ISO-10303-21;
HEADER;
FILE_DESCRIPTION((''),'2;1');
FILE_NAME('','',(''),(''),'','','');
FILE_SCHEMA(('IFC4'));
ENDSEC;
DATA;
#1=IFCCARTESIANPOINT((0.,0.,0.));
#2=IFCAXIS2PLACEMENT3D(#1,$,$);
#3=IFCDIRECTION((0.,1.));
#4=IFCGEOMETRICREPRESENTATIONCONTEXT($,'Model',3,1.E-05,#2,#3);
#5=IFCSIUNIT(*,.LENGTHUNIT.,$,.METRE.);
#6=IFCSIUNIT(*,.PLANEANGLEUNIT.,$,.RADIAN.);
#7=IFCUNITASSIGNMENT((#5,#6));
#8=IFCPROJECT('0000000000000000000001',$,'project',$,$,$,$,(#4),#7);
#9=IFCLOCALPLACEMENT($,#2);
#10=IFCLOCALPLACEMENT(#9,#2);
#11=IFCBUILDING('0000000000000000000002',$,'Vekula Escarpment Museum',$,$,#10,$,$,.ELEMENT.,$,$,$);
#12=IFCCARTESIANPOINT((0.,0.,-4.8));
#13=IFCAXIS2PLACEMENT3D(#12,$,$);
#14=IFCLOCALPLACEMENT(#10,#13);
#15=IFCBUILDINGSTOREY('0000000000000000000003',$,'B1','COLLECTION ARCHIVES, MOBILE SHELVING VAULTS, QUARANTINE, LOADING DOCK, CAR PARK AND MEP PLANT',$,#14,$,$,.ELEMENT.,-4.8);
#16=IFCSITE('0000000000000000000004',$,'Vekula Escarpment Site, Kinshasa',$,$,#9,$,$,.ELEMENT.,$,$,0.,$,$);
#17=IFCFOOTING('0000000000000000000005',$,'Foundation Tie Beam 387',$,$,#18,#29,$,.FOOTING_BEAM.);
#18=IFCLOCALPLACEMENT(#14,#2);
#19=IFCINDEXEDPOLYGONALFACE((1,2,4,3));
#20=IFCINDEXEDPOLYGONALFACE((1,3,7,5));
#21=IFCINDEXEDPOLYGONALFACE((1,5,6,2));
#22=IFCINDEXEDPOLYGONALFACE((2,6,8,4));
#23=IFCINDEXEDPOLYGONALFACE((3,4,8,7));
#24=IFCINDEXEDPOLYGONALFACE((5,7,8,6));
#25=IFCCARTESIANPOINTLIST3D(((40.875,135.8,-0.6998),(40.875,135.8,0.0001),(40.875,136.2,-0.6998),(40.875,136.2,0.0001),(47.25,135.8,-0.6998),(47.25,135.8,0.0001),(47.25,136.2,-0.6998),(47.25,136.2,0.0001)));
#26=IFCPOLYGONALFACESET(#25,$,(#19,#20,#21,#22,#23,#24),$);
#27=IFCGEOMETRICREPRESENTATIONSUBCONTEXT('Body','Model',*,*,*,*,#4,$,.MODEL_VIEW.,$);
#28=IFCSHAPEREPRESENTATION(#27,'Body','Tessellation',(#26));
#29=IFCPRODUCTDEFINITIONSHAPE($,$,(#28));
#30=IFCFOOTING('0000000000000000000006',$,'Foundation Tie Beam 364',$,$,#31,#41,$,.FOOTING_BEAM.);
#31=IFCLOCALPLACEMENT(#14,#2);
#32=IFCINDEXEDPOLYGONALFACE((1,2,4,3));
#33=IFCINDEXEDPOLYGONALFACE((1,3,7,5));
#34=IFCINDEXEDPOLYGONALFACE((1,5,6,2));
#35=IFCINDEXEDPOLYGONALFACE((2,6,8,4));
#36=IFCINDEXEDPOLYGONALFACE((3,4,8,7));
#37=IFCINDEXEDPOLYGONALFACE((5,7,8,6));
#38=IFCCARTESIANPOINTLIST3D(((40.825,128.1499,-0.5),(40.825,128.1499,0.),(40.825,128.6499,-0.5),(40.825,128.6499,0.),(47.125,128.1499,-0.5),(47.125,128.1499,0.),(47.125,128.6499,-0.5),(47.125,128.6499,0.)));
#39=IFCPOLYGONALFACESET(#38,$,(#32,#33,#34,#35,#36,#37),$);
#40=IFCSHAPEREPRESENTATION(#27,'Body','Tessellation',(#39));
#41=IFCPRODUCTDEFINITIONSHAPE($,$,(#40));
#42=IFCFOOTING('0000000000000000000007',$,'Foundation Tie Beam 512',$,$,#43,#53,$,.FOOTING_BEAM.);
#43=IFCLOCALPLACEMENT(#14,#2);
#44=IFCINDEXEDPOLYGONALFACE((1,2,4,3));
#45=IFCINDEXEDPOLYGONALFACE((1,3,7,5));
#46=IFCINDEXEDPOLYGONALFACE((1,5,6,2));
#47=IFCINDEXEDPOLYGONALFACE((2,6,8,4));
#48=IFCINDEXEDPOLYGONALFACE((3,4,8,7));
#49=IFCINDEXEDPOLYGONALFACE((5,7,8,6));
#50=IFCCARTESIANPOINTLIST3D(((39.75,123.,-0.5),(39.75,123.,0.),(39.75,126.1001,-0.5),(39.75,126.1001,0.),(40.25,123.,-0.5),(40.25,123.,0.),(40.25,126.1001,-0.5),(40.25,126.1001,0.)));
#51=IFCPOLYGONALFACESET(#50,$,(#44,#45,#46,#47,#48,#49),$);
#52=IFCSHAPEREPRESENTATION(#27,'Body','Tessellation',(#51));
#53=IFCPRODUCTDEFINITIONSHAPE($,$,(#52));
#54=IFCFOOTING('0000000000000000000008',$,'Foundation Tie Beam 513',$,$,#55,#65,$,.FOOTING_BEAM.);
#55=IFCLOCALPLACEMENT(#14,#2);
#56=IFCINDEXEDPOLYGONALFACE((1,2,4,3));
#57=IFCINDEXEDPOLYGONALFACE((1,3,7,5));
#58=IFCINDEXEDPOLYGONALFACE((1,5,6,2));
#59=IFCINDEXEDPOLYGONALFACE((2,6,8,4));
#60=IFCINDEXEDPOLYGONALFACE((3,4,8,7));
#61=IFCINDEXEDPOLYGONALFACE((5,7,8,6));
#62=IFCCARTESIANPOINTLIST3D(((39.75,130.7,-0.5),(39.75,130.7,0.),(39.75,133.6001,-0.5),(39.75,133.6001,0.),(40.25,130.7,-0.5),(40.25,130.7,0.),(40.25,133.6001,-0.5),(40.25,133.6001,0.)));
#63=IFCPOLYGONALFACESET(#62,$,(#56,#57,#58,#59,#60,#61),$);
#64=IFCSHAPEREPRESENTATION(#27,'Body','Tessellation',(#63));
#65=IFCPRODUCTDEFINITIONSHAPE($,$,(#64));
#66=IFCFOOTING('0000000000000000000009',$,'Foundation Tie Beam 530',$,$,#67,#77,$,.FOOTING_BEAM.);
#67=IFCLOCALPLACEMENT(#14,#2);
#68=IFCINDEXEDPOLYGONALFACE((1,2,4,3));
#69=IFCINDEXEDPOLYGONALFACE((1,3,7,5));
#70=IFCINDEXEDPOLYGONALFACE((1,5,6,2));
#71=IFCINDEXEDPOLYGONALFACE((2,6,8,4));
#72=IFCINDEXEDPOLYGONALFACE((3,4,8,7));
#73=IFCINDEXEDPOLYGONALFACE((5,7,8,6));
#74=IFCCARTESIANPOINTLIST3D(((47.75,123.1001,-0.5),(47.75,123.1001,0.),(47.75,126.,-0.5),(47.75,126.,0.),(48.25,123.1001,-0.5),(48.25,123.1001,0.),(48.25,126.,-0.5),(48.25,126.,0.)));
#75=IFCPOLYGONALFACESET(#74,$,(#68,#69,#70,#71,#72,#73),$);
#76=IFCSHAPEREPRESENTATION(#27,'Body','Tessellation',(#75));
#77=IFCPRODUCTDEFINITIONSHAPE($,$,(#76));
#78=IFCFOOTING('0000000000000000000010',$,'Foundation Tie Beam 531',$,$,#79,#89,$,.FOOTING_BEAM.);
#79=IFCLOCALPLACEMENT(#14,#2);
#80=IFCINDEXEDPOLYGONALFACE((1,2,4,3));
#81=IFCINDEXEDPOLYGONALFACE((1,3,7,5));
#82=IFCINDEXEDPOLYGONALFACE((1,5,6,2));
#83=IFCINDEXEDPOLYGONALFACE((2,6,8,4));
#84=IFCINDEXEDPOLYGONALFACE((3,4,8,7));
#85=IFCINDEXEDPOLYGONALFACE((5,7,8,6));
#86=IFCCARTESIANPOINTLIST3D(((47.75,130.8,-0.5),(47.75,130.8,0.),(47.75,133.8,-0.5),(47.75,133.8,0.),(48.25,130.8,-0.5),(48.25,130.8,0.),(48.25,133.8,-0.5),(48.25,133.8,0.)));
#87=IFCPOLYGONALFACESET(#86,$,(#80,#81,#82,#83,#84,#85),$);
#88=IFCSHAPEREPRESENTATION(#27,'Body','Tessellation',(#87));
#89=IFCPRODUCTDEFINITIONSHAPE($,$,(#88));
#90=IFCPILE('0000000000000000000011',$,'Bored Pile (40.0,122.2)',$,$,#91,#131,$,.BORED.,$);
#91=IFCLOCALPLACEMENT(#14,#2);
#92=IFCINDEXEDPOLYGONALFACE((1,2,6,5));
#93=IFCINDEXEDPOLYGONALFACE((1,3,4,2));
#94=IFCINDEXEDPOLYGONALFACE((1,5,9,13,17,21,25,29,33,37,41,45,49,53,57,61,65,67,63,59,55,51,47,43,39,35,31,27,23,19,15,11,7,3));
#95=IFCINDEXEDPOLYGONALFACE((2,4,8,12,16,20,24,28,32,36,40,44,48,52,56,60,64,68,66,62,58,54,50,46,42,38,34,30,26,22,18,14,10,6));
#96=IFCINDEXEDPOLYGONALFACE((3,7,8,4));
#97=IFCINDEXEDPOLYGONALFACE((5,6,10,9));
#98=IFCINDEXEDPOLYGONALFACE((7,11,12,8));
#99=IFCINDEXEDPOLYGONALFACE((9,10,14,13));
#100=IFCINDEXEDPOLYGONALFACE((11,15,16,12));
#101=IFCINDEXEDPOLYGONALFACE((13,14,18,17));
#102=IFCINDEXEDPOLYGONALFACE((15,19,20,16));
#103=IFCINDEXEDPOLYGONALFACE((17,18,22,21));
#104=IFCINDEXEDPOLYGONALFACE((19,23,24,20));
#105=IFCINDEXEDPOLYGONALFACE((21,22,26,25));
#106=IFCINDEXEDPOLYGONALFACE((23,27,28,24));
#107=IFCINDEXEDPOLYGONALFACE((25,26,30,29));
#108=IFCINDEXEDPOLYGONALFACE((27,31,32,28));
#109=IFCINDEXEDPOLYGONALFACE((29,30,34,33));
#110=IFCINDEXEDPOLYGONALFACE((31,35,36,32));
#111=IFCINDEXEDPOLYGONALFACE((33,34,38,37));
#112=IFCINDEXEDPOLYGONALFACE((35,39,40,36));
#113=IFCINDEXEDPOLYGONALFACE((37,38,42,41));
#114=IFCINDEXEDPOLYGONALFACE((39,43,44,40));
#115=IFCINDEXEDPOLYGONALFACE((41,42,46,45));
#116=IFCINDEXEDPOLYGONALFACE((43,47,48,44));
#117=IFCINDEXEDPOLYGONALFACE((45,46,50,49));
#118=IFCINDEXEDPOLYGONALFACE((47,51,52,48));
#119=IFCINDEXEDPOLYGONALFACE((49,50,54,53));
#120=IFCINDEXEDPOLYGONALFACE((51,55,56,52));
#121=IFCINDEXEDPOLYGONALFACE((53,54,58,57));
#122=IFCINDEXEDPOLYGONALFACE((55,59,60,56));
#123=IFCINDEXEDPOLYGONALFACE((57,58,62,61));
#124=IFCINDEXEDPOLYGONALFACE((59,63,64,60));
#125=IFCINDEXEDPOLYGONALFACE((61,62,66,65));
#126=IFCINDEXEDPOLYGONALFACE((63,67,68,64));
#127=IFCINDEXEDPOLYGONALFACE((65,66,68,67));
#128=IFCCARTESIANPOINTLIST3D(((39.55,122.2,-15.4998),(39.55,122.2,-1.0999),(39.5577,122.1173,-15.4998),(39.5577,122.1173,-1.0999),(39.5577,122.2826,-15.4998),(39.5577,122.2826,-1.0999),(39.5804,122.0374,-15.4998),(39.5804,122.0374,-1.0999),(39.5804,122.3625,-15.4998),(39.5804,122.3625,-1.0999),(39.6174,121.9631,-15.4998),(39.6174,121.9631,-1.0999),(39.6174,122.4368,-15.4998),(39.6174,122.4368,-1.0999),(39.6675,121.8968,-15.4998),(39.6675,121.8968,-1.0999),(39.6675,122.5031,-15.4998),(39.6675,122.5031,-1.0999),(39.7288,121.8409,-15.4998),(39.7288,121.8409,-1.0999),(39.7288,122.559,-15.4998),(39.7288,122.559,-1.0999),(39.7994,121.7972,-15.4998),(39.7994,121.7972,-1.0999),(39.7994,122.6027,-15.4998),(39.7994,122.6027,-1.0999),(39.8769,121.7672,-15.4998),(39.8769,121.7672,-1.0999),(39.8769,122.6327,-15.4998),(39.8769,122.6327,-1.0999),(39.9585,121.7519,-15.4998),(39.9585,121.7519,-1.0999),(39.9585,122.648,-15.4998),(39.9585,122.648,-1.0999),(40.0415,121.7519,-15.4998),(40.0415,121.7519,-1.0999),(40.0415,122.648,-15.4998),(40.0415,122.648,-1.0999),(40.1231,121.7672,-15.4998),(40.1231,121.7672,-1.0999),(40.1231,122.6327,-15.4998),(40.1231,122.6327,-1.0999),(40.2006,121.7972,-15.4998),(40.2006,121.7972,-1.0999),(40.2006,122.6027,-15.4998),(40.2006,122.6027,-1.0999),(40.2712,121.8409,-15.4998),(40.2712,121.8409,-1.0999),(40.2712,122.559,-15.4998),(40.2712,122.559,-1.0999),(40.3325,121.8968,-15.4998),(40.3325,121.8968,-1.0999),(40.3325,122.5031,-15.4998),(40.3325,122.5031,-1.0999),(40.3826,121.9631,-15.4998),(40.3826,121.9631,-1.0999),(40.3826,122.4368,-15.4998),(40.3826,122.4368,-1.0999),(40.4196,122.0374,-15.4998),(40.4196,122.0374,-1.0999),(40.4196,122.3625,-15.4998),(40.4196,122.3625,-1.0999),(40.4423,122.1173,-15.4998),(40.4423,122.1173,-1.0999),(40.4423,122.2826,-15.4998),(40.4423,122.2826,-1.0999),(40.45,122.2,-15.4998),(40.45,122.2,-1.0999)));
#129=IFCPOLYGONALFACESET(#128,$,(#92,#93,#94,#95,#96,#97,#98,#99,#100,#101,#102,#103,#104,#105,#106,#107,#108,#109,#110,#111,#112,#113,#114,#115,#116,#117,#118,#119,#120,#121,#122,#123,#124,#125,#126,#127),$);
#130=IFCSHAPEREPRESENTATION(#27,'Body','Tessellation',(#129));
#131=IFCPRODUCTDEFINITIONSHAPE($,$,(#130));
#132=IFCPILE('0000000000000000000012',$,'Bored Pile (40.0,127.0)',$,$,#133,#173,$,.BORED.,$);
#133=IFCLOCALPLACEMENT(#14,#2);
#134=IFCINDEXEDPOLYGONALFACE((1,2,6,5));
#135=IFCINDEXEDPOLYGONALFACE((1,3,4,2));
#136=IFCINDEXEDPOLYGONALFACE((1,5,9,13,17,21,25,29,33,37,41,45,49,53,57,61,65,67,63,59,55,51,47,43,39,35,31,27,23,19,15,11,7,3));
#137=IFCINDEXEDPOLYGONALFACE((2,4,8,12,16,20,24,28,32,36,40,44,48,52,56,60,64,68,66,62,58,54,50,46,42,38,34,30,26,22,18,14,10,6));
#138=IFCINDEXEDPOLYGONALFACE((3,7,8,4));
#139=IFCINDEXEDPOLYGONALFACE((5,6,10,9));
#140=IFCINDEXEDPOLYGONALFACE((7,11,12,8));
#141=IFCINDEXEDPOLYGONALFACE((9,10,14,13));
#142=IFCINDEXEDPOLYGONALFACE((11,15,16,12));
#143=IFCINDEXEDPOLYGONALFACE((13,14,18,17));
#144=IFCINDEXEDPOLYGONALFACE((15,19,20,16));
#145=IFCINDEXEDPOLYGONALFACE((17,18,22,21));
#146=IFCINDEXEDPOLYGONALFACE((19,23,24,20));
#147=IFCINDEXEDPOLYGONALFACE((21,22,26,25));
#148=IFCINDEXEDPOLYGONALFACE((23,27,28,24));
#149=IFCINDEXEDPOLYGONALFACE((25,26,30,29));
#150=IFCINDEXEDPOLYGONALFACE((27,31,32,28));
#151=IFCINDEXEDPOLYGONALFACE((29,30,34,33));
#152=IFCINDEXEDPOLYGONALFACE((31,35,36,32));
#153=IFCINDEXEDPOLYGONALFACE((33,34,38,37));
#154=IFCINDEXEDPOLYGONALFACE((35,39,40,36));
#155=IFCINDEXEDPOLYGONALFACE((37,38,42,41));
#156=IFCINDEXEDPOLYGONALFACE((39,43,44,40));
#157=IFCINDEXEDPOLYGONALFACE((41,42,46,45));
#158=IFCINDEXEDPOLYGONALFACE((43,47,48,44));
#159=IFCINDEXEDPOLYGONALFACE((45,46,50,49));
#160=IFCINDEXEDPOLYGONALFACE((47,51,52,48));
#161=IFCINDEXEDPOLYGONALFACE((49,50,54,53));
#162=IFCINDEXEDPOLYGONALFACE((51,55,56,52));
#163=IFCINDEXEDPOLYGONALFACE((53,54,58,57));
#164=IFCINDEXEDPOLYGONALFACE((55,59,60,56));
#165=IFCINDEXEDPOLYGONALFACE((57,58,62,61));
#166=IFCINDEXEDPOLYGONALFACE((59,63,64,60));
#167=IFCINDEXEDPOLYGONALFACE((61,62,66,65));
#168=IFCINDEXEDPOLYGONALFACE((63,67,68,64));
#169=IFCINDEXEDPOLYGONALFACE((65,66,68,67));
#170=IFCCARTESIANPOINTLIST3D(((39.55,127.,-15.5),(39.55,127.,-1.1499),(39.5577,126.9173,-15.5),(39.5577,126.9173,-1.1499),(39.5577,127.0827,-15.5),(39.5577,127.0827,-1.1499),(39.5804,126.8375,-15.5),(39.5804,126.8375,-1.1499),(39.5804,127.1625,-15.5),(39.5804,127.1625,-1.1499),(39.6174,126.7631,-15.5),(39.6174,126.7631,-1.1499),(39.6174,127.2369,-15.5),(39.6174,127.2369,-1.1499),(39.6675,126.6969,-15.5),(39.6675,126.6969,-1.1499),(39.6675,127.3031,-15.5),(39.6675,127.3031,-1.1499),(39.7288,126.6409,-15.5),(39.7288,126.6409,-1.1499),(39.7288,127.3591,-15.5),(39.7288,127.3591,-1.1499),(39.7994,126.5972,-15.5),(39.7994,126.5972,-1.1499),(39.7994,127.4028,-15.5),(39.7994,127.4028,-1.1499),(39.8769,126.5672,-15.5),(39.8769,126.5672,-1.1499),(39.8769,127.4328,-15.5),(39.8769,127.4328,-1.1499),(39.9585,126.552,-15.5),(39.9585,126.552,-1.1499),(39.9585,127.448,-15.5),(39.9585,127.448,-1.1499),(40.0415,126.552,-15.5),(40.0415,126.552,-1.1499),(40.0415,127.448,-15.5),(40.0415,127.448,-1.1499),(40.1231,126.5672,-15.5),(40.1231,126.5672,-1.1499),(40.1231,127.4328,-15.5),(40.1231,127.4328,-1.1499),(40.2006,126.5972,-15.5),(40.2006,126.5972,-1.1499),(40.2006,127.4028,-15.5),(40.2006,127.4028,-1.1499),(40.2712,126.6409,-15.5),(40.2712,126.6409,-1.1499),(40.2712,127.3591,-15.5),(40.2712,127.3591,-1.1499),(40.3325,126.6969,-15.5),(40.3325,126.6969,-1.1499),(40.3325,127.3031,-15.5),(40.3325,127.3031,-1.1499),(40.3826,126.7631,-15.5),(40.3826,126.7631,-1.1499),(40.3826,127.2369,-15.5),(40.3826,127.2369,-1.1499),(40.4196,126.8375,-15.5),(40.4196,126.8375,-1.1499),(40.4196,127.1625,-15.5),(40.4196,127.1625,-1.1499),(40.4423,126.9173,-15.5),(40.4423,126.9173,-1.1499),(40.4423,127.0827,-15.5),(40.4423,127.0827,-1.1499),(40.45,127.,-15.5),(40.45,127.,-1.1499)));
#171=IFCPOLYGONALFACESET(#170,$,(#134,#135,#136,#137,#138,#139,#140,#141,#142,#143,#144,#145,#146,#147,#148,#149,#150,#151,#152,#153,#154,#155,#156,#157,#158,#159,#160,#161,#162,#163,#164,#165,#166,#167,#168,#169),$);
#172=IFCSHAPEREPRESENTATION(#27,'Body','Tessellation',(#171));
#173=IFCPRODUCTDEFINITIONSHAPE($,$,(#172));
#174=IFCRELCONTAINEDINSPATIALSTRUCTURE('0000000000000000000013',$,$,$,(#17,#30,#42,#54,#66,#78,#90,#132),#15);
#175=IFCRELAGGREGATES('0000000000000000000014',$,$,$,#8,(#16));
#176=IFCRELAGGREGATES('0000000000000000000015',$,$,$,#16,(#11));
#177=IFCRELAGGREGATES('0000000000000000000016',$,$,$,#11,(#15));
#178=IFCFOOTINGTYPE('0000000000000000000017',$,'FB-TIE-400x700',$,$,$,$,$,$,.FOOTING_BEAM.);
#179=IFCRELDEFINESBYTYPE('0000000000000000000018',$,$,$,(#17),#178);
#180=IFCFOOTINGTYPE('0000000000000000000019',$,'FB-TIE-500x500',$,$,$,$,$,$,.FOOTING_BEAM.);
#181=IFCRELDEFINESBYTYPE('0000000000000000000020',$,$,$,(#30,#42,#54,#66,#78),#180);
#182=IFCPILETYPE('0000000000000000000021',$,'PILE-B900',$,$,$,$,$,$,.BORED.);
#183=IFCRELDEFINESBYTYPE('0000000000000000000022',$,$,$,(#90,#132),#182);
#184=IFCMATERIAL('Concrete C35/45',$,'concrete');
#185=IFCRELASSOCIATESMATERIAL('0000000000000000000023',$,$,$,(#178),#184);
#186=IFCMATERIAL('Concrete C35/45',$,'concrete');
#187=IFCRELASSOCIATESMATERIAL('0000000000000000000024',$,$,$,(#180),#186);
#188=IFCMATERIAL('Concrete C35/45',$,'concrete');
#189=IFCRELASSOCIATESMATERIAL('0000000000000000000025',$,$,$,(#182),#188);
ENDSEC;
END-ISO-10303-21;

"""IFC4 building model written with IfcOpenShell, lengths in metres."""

from ifc_helpers import new_model, si_unit, direction, frame, origin, origin_2d, place, context, subcontext, project, spatial, rectangle, circle, extrude, material, material_profile, profile_set, type_object, element, save


model = new_model("IFC4")

# Units and contexts
model_context = context("Model", 3, precision=1e-05, world=origin(), true_north=direction((0.0, 1.0)))
body_context = subcontext(model_context, "Body", "Model", "MODEL_VIEW")
ifc_project = project(units=[si_unit("LENGTHUNIT", "METRE"), si_unit("PLANEANGLEUNIT", "RADIAN")], contexts=[model_context])

# Site, building, storey
site_placement = place(None, origin())
site = spatial("IfcSite", under=ifc_project, at=site_placement, Name="Vekula Escarpment Site, Kinshasa", CompositionType="ELEMENT", RefElevation=0.0)
building_placement = place(site_placement, origin())
building = spatial("IfcBuilding", under=site, at=building_placement, Name="Vekula Escarpment Museum", CompositionType="ELEMENT")
storey_placement = place(building_placement, frame((0.0, 0.0, -4.8)))
storey = spatial("IfcBuildingStorey", under=building, at=storey_placement, Name="B1", Description="COLLECTION ARCHIVES, MOBILE SHELVING VAULTS, QUARANTINE, LOADING DOCK, CAR PARK AND MEP PLANT", CompositionType="ELEMENT", Elevation=-4.8)

# Footings
ifc_material_1 = material(Name="Concrete C35/45", Category="concrete")
ifc_material_profile_1 = material_profile(ifc_material_1, rectangle(XDim=0.3999, YDim=0.7, at=origin_2d()), Name="RC 400x700")
ifc_profile_set_1 = profile_set([ifc_material_profile_1], Name="Concrete C35/45")
footing_type_1 = type_object("IfcFootingType", Name="FB-TIE-400x700", PredefinedType="FOOTING_BEAM", material=ifc_profile_set_1)
footing_1_placement = place(storey_placement, frame((40.875, 136.0, -0.3499), z_axis=(1.0, 0.0, 0.0), x_axis=(0.0, 1.0, 0.0)))
element("IfcFooting", 1, at=footing_1_placement, inside=storey, type_object=footing_type_1, Name="Foundation Tie Beam 387", PredefinedType="FOOTING_BEAM", context=body_context, shape_type="SweptSolid", body=[
    extrude(rectangle(XDim=0.3999, YDim=0.7, at=origin_2d()), origin(), (0.0, 0.0, 1.0), 6.375),
])
ifc_material_2 = material(Name="Concrete C35/45", Category="concrete")
ifc_material_profile_2 = material_profile(ifc_material_2, rectangle(XDim=0.5, YDim=0.5, at=origin_2d()), Name="RC 500x500")
ifc_profile_set_2 = profile_set([ifc_material_profile_2], Name="Concrete C35/45")
footing_type_2 = type_object("IfcFootingType", Name="FB-TIE-500x500", PredefinedType="FOOTING_BEAM", material=ifc_profile_set_2)
footing_2_placement = place(storey_placement, frame((40.825, 128.3999, -0.25), z_axis=(1.0, 0.0, 0.0), x_axis=(0.0, 1.0, 0.0)))
element("IfcFooting", 2, at=footing_2_placement, inside=storey, type_object=footing_type_2, Name="Foundation Tie Beam 364", PredefinedType="FOOTING_BEAM", context=body_context, shape_type="SweptSolid", body=[
    extrude(rectangle(XDim=0.5, YDim=0.5, at=origin_2d()), origin(), (0.0, 0.0, 1.0), 6.3),
])
footing_3_placement = place(storey_placement, frame((40.0, 123.0, -0.25), z_axis=(0.0, 1.0, 0.0), x_axis=(-1.0, 0.0, 0.0)))
element("IfcFooting", 3, at=footing_3_placement, inside=storey, type_object=footing_type_2, Name="Foundation Tie Beam 512", PredefinedType="FOOTING_BEAM", context=body_context, shape_type="SweptSolid", body=[
    extrude(rectangle(XDim=0.5, YDim=0.5, at=origin_2d()), origin(), (0.0, 0.0, 1.0), 3.1001),
])
footing_4_placement = place(storey_placement, frame((40.0, 130.7, -0.25), z_axis=(0.0, 1.0, 0.0), x_axis=(-1.0, 0.0, 0.0)))
element("IfcFooting", 4, at=footing_4_placement, inside=storey, type_object=footing_type_2, Name="Foundation Tie Beam 513", PredefinedType="FOOTING_BEAM", context=body_context, shape_type="SweptSolid", body=[
    extrude(rectangle(XDim=0.5, YDim=0.5, at=origin_2d()), origin(), (0.0, 0.0, 1.0), 2.9001),
])
footing_5_placement = place(storey_placement, frame((48.0, 123.1001, -0.25), z_axis=(0.0, 1.0, 0.0), x_axis=(-1.0, 0.0, 0.0)))
element("IfcFooting", 5, at=footing_5_placement, inside=storey, type_object=footing_type_2, Name="Foundation Tie Beam 530", PredefinedType="FOOTING_BEAM", context=body_context, shape_type="SweptSolid", body=[
    extrude(rectangle(XDim=0.5, YDim=0.5, at=origin_2d()), origin(), (0.0, 0.0, 1.0), 2.8999),
])
footing_6_placement = place(storey_placement, frame((48.0, 130.8, -0.25), z_axis=(0.0, 1.0, 0.0), x_axis=(-1.0, 0.0, 0.0)))
element("IfcFooting", 6, at=footing_6_placement, inside=storey, type_object=footing_type_2, Name="Foundation Tie Beam 531", PredefinedType="FOOTING_BEAM", context=body_context, shape_type="SweptSolid", body=[
    extrude(rectangle(XDim=0.5, YDim=0.5, at=origin_2d()), origin(), (0.0, 0.0, 1.0), 3.0),
])

# Piles
ifc_material_3 = material(Name="Concrete C35/45", Category="concrete")
ifc_material_profile_3 = material_profile(ifc_material_3, circle(Radius=0.45, at=origin_2d()), Name="BORED PILE 900")
ifc_profile_set_3 = profile_set([ifc_material_profile_3], Name="Concrete C35/45")
pile_type = type_object("IfcPileType", Name="PILE-B900", PredefinedType="BORED", material=ifc_profile_set_3)
pile_1_placement = place(storey_placement, frame((40.0, 122.2, -1.0999), z_axis=(0.0, 0.0, -1.0), x_axis=(1.0, 0.0, 0.0)))
element("IfcPile", 7, at=pile_1_placement, inside=storey, type_object=pile_type, Name="Bored Pile (40.0,122.2)", PredefinedType="BORED", context=body_context, shape_type="SweptSolid", body=[
    extrude(circle(Radius=0.45, at=origin_2d()), origin(), (0.0, 0.0, 1.0), 14.3999),
])
for number, where, z_axis, x_axis, name in (
    (8, (40.0, 127.0, -1.1499), (0.0, 0.0, -1.0), (1.0, 0.0, 0.0), "Bored Pile (40.0,127.0)"),
):
    element("IfcPile", number, at=place(storey_placement, frame(where, z_axis=z_axis, x_axis=x_axis)), inside=storey, type_object=pile_type, Name=name, PredefinedType="BORED", context=body_context, shape_type="SweptSolid", body=[
        extrude(circle(Radius=0.45, at=origin_2d()), origin(), (0.0, 0.0, 1.0), 14.3501),
    ])

save(model, "model.ifc")
